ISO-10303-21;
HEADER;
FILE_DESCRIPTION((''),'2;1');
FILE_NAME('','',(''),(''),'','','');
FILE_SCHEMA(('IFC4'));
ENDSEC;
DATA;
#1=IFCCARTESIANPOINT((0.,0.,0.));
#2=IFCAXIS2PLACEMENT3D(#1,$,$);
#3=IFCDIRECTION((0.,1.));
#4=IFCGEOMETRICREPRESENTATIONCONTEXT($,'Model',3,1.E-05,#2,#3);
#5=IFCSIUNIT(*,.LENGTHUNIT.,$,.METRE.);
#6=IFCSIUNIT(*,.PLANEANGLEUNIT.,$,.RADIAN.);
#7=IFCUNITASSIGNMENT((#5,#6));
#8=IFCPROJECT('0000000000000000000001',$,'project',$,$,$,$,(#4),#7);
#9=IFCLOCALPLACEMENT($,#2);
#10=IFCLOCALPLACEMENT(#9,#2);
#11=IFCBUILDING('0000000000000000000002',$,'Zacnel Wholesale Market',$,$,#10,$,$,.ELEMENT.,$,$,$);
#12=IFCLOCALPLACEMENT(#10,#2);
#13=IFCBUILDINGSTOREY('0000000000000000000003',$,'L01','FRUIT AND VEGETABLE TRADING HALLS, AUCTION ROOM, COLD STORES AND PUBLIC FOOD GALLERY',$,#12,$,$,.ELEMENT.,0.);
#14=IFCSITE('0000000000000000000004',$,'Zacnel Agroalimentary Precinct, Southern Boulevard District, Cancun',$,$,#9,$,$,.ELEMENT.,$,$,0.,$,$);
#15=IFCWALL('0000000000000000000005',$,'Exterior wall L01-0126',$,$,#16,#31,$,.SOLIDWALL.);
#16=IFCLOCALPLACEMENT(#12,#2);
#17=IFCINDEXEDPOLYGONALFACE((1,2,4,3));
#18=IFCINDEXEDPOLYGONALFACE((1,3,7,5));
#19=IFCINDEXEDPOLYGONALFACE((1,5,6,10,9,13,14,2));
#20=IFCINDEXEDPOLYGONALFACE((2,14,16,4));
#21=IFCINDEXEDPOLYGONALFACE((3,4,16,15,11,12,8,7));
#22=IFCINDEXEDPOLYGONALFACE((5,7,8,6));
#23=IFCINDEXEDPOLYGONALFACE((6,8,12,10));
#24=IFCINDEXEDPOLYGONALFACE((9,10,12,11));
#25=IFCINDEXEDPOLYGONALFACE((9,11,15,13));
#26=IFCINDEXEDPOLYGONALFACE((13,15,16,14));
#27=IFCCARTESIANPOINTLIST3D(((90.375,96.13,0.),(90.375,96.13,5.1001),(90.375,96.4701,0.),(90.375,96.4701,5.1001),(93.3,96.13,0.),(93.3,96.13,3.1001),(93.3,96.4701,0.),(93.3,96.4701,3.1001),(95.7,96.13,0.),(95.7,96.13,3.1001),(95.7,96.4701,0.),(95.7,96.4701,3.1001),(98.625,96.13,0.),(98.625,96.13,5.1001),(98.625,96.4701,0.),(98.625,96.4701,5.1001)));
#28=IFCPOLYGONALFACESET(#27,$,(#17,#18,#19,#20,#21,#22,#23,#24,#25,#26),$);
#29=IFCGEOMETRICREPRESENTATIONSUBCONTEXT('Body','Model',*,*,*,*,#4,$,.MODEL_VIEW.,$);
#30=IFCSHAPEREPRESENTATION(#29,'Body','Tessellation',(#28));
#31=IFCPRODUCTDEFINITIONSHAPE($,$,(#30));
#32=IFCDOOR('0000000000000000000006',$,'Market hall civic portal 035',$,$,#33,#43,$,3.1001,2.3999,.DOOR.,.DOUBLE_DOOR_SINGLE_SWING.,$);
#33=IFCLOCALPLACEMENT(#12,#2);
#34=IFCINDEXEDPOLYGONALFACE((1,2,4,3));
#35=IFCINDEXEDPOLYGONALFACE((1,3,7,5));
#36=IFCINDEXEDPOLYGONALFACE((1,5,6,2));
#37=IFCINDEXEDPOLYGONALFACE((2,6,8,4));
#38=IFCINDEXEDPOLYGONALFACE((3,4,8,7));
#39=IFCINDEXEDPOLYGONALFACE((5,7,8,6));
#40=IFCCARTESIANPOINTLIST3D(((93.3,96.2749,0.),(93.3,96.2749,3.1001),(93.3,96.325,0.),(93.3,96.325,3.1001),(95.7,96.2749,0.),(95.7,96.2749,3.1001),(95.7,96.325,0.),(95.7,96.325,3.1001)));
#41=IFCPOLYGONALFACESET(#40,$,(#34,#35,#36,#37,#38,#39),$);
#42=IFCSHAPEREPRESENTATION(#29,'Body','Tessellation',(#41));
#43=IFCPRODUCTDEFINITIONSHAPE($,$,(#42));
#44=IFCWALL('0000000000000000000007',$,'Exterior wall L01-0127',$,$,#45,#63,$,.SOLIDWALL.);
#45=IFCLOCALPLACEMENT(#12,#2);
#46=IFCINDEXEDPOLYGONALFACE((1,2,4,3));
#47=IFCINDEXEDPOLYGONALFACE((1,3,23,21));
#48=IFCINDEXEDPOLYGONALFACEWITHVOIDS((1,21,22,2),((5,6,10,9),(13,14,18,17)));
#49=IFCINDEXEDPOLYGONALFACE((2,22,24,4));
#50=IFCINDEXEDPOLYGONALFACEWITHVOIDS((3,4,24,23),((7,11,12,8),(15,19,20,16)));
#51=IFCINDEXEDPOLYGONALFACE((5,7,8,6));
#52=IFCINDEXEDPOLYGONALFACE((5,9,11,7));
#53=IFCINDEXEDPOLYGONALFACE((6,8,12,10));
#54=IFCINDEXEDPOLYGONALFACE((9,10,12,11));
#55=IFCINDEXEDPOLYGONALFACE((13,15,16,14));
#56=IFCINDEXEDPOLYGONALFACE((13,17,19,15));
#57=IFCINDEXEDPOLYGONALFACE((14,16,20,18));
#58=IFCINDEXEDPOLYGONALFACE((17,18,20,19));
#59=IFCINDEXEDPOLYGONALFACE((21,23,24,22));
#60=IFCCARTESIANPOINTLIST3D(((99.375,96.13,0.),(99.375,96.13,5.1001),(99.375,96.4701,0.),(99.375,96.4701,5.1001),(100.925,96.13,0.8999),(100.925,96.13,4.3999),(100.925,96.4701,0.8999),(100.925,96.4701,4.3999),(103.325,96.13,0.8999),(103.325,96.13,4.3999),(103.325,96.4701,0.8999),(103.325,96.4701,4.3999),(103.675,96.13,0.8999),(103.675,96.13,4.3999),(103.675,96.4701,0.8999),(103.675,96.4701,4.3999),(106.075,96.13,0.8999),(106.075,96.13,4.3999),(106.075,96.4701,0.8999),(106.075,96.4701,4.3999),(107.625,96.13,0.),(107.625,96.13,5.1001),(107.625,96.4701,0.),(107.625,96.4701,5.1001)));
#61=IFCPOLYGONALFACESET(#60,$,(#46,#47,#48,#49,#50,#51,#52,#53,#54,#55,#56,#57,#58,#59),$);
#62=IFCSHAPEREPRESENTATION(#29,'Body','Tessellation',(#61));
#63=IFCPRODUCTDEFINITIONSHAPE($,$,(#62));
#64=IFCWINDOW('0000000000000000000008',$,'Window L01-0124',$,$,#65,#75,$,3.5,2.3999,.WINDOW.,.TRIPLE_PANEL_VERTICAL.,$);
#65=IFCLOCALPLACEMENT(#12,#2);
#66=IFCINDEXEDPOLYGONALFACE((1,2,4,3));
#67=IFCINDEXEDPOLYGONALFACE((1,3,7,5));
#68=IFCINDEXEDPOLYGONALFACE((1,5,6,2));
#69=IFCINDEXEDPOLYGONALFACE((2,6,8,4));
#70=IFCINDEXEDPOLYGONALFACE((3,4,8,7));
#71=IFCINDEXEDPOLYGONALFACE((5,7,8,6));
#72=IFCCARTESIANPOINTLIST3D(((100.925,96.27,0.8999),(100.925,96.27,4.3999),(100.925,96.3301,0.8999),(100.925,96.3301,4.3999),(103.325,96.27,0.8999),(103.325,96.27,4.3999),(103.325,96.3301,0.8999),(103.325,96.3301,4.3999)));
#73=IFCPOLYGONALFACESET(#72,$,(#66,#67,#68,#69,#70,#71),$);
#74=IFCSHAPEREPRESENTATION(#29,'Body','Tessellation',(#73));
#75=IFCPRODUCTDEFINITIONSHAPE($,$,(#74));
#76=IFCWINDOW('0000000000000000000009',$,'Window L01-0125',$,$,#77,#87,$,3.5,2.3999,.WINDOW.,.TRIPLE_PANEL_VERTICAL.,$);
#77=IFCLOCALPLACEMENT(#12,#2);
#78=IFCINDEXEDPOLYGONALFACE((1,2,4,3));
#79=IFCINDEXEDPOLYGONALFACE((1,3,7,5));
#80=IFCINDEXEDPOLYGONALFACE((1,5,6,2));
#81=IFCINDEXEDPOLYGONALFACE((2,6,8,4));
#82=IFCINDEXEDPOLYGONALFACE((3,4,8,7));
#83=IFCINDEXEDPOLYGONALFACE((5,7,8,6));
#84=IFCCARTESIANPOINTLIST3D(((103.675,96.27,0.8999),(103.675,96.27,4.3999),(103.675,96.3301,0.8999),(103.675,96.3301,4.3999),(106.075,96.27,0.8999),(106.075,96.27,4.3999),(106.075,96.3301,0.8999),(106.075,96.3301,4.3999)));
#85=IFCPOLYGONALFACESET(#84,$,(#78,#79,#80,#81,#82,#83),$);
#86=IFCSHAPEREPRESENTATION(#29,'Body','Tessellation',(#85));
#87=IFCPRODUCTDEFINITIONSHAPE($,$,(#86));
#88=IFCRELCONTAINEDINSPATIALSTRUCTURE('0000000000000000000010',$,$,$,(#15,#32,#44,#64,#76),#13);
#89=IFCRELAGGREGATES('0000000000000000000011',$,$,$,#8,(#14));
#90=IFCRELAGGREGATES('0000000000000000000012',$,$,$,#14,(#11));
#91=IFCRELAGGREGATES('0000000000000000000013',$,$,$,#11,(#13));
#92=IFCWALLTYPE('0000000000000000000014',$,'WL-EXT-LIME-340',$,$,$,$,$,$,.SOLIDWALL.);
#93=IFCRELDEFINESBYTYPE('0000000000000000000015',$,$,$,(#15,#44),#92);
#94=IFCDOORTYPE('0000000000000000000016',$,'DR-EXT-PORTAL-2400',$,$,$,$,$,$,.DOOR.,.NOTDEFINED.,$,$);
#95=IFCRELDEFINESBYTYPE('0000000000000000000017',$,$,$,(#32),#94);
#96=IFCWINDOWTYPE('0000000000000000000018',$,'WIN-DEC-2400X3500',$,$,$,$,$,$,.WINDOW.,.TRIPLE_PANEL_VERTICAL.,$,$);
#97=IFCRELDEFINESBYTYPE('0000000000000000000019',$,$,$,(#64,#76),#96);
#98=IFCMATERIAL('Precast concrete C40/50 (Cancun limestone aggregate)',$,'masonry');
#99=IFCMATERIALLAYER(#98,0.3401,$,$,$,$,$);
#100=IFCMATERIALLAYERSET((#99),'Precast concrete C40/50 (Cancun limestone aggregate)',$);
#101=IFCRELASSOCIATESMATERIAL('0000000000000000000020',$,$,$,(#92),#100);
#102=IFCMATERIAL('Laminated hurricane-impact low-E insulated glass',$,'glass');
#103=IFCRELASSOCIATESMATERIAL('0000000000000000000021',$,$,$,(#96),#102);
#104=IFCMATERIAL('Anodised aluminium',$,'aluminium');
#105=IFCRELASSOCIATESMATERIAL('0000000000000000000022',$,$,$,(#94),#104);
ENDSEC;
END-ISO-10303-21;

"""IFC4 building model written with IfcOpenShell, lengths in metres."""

from ifc_helpers import new_model, si_unit, direction, frame, frame_2d, origin, place, context, subcontext, project, spatial, rectangle, extrude, material, layer, layer_set, type_object, element, fill, save


model = new_model("IFC4")

# Units and contexts
model_context = context("Model", 3, precision=1e-05, world=origin(), true_north=direction((0.0, 1.0)))
body_context = subcontext(model_context, "Body", "Model", "MODEL_VIEW")
ifc_project = project(units=[si_unit("LENGTHUNIT", "METRE"), si_unit("PLANEANGLEUNIT", "RADIAN")], contexts=[model_context])

# Site, building, storey
site_placement = place(None, origin())
site = spatial("IfcSite", under=ifc_project, at=site_placement, Name="Zacnel Agroalimentary Precinct, Southern Boulevard District, Cancun", CompositionType="ELEMENT", RefElevation=0.0)
building_placement = place(site_placement, origin())
building = spatial("IfcBuilding", under=site, at=building_placement, Name="Zacnel Wholesale Market", CompositionType="ELEMENT")
storey_placement = place(building_placement, origin())
storey = spatial("IfcBuildingStorey", under=building, at=storey_placement, Name="L01", Description="FRUIT AND VEGETABLE TRADING HALLS, AUCTION ROOM, COLD STORES AND PUBLIC FOOD GALLERY", CompositionType="ELEMENT", Elevation=0.0)

# Shared definitions
ifc_material_1 = material(Name="Precast concrete C40/50 (Cancun limestone aggregate)", Category="masonry")
ifc_layer_1 = layer(ifc_material_1, 0.3401)
ifc_layer_set_1 = layer_set([ifc_layer_1], Name="Precast concrete C40/50 (Cancun limestone aggregate)")
wall_type = type_object("IfcWallType", Name="WL-EXT-LIME-340", PredefinedType="SOLIDWALL", material=ifc_layer_set_1)
ifc_material_2 = material(Name="Laminated hurricane-impact low-E insulated glass", Category="glass")
window_type = type_object("IfcWindowType", Name="WIN-DEC-2400X3500", PartitioningType="TRIPLE_PANEL_VERTICAL", PredefinedType="WINDOW", material=ifc_material_2)

# Wall, opening, door
wall_1_placement = place(storey_placement, frame((90.375, 96.3, 0.0), z_axis=(0.0, 0.0, 1.0), x_axis=(1.0, 0.0, 0.0)))
wall_1 = element("IfcWall", 1, at=wall_1_placement, inside=storey, type_object=wall_type, Name="Exterior wall L01-0126", PredefinedType="SOLIDWALL", context=body_context, shape_type="SweptSolid", body=[
    extrude(rectangle(XDim=8.25, YDim=0.3401, at=frame_2d((4.125, 0.0))), origin(), (0.0, 0.0, 1.0), 5.1001),
])
opening_1_placement = place(wall_1_placement, frame((2.925, 0.0, 0.0)))
opening_1 = element("IfcOpeningElement", 2, at=opening_1_placement, cuts=wall_1, PredefinedType="OPENING", context=body_context, shape_type="SweptSolid", body=[
    extrude(rectangle(XDim=2.3999, YDim=3.1001, at=frame_2d((1.2, 1.55))), frame((0.0, 0.1799, 0.0), z_axis=(0.0, -1.0, 0.0), x_axis=(1.0, 0.0, 0.0)), (0.0, 0.0, 1.0), 0.3601),
])
ifc_material_3 = material(Name="Anodised aluminium", Category="aluminium")
door_type = type_object("IfcDoorType", Name="DR-EXT-PORTAL-2400", OperationType="NOTDEFINED", PredefinedType="DOOR", material=ifc_material_3)
door_placement = place(opening_1_placement, origin())
door = element("IfcDoor", 3, at=door_placement, inside=storey, type_object=door_type, Name="Market hall civic portal 035", OperationType="DOUBLE_DOOR_SINGLE_SWING", OverallHeight=3.1001, OverallWidth=2.3999, PredefinedType="DOOR", context=body_context, shape_type="SweptSolid", body=[
    extrude(rectangle(XDim=2.3999, YDim=3.1001, at=frame_2d((1.2, 1.55))), frame((0.0, 0.0249, 0.0), z_axis=(0.0, -1.0, 0.0), x_axis=(1.0, 0.0, 0.0)), (0.0, 0.0, 1.0), 0.05),
])
fill(opening_1, door)

# Wall, openings, windows
wall_2_placement = place(storey_placement, frame((99.375, 96.3, 0.0), z_axis=(0.0, 0.0, 1.0), x_axis=(1.0, 0.0, 0.0)))
wall_2 = element("IfcWall", 4, at=wall_2_placement, inside=storey, type_object=wall_type, Name="Exterior wall L01-0127", PredefinedType="SOLIDWALL", context=body_context, shape_type="SweptSolid", body=[
    extrude(rectangle(XDim=8.25, YDim=0.3401, at=frame_2d((4.125, 0.0))), origin(), (0.0, 0.0, 1.0), 5.1001),
])
opening_2_placement = place(wall_2_placement, frame((1.55, 0.0, 0.8999)))
opening_2 = element("IfcOpeningElement", 5, at=opening_2_placement, cuts=wall_2, PredefinedType="OPENING", context=body_context, shape_type="SweptSolid", body=[
    extrude(rectangle(XDim=2.3999, YDim=3.5, at=frame_2d((1.2, 1.75))), frame((0.0, 0.1799, 0.0), z_axis=(0.0, -1.0, 0.0), x_axis=(1.0, 0.0, 0.0)), (0.0, 0.0, 1.0), 0.3601),
])
opening_3_placement = place(wall_2_placement, frame((4.3, 0.0, 0.8999)))
opening_3 = element("IfcOpeningElement", 6, at=opening_3_placement, cuts=wall_2, PredefinedType="OPENING", context=body_context, shape_type="SweptSolid", body=[
    extrude(rectangle(XDim=2.3999, YDim=3.5, at=frame_2d((1.2, 1.75))), frame((0.0, 0.1799, 0.0), z_axis=(0.0, -1.0, 0.0), x_axis=(1.0, 0.0, 0.0)), (0.0, 0.0, 1.0), 0.3601),
])
window_1_placement = place(opening_2_placement, origin())
window_1 = element("IfcWindow", 7, at=window_1_placement, inside=storey, type_object=window_type, Name="Window L01-0124", OverallHeight=3.5, OverallWidth=2.3999, PartitioningType="TRIPLE_PANEL_VERTICAL", PredefinedType="WINDOW", context=body_context, shape_type="SweptSolid", body=[
    extrude(rectangle(XDim=2.3999, YDim=3.5, at=frame_2d((1.2, 1.75))), frame((0.0, 0.03, 0.0), z_axis=(0.0, -1.0, 0.0), x_axis=(1.0, 0.0, 0.0)), (0.0, 0.0, 1.0), 0.0601),
])
fill(opening_2, window_1)
window_2_placement = place(opening_3_placement, origin())
window_2 = element("IfcWindow", 8, at=window_2_placement, inside=storey, type_object=window_type, Name="Window L01-0125", OverallHeight=3.5, OverallWidth=2.3999, PartitioningType="TRIPLE_PANEL_VERTICAL", PredefinedType="WINDOW", context=body_context, shape_type="SweptSolid", body=[
    extrude(rectangle(XDim=2.3999, YDim=3.5, at=frame_2d((1.2, 1.75))), frame((0.0, 0.03, 0.0), z_axis=(0.0, -1.0, 0.0), x_axis=(1.0, 0.0, 0.0)), (0.0, 0.0, 1.0), 0.0601),
])
fill(opening_3, window_2)

save(model, "model.ifc")
